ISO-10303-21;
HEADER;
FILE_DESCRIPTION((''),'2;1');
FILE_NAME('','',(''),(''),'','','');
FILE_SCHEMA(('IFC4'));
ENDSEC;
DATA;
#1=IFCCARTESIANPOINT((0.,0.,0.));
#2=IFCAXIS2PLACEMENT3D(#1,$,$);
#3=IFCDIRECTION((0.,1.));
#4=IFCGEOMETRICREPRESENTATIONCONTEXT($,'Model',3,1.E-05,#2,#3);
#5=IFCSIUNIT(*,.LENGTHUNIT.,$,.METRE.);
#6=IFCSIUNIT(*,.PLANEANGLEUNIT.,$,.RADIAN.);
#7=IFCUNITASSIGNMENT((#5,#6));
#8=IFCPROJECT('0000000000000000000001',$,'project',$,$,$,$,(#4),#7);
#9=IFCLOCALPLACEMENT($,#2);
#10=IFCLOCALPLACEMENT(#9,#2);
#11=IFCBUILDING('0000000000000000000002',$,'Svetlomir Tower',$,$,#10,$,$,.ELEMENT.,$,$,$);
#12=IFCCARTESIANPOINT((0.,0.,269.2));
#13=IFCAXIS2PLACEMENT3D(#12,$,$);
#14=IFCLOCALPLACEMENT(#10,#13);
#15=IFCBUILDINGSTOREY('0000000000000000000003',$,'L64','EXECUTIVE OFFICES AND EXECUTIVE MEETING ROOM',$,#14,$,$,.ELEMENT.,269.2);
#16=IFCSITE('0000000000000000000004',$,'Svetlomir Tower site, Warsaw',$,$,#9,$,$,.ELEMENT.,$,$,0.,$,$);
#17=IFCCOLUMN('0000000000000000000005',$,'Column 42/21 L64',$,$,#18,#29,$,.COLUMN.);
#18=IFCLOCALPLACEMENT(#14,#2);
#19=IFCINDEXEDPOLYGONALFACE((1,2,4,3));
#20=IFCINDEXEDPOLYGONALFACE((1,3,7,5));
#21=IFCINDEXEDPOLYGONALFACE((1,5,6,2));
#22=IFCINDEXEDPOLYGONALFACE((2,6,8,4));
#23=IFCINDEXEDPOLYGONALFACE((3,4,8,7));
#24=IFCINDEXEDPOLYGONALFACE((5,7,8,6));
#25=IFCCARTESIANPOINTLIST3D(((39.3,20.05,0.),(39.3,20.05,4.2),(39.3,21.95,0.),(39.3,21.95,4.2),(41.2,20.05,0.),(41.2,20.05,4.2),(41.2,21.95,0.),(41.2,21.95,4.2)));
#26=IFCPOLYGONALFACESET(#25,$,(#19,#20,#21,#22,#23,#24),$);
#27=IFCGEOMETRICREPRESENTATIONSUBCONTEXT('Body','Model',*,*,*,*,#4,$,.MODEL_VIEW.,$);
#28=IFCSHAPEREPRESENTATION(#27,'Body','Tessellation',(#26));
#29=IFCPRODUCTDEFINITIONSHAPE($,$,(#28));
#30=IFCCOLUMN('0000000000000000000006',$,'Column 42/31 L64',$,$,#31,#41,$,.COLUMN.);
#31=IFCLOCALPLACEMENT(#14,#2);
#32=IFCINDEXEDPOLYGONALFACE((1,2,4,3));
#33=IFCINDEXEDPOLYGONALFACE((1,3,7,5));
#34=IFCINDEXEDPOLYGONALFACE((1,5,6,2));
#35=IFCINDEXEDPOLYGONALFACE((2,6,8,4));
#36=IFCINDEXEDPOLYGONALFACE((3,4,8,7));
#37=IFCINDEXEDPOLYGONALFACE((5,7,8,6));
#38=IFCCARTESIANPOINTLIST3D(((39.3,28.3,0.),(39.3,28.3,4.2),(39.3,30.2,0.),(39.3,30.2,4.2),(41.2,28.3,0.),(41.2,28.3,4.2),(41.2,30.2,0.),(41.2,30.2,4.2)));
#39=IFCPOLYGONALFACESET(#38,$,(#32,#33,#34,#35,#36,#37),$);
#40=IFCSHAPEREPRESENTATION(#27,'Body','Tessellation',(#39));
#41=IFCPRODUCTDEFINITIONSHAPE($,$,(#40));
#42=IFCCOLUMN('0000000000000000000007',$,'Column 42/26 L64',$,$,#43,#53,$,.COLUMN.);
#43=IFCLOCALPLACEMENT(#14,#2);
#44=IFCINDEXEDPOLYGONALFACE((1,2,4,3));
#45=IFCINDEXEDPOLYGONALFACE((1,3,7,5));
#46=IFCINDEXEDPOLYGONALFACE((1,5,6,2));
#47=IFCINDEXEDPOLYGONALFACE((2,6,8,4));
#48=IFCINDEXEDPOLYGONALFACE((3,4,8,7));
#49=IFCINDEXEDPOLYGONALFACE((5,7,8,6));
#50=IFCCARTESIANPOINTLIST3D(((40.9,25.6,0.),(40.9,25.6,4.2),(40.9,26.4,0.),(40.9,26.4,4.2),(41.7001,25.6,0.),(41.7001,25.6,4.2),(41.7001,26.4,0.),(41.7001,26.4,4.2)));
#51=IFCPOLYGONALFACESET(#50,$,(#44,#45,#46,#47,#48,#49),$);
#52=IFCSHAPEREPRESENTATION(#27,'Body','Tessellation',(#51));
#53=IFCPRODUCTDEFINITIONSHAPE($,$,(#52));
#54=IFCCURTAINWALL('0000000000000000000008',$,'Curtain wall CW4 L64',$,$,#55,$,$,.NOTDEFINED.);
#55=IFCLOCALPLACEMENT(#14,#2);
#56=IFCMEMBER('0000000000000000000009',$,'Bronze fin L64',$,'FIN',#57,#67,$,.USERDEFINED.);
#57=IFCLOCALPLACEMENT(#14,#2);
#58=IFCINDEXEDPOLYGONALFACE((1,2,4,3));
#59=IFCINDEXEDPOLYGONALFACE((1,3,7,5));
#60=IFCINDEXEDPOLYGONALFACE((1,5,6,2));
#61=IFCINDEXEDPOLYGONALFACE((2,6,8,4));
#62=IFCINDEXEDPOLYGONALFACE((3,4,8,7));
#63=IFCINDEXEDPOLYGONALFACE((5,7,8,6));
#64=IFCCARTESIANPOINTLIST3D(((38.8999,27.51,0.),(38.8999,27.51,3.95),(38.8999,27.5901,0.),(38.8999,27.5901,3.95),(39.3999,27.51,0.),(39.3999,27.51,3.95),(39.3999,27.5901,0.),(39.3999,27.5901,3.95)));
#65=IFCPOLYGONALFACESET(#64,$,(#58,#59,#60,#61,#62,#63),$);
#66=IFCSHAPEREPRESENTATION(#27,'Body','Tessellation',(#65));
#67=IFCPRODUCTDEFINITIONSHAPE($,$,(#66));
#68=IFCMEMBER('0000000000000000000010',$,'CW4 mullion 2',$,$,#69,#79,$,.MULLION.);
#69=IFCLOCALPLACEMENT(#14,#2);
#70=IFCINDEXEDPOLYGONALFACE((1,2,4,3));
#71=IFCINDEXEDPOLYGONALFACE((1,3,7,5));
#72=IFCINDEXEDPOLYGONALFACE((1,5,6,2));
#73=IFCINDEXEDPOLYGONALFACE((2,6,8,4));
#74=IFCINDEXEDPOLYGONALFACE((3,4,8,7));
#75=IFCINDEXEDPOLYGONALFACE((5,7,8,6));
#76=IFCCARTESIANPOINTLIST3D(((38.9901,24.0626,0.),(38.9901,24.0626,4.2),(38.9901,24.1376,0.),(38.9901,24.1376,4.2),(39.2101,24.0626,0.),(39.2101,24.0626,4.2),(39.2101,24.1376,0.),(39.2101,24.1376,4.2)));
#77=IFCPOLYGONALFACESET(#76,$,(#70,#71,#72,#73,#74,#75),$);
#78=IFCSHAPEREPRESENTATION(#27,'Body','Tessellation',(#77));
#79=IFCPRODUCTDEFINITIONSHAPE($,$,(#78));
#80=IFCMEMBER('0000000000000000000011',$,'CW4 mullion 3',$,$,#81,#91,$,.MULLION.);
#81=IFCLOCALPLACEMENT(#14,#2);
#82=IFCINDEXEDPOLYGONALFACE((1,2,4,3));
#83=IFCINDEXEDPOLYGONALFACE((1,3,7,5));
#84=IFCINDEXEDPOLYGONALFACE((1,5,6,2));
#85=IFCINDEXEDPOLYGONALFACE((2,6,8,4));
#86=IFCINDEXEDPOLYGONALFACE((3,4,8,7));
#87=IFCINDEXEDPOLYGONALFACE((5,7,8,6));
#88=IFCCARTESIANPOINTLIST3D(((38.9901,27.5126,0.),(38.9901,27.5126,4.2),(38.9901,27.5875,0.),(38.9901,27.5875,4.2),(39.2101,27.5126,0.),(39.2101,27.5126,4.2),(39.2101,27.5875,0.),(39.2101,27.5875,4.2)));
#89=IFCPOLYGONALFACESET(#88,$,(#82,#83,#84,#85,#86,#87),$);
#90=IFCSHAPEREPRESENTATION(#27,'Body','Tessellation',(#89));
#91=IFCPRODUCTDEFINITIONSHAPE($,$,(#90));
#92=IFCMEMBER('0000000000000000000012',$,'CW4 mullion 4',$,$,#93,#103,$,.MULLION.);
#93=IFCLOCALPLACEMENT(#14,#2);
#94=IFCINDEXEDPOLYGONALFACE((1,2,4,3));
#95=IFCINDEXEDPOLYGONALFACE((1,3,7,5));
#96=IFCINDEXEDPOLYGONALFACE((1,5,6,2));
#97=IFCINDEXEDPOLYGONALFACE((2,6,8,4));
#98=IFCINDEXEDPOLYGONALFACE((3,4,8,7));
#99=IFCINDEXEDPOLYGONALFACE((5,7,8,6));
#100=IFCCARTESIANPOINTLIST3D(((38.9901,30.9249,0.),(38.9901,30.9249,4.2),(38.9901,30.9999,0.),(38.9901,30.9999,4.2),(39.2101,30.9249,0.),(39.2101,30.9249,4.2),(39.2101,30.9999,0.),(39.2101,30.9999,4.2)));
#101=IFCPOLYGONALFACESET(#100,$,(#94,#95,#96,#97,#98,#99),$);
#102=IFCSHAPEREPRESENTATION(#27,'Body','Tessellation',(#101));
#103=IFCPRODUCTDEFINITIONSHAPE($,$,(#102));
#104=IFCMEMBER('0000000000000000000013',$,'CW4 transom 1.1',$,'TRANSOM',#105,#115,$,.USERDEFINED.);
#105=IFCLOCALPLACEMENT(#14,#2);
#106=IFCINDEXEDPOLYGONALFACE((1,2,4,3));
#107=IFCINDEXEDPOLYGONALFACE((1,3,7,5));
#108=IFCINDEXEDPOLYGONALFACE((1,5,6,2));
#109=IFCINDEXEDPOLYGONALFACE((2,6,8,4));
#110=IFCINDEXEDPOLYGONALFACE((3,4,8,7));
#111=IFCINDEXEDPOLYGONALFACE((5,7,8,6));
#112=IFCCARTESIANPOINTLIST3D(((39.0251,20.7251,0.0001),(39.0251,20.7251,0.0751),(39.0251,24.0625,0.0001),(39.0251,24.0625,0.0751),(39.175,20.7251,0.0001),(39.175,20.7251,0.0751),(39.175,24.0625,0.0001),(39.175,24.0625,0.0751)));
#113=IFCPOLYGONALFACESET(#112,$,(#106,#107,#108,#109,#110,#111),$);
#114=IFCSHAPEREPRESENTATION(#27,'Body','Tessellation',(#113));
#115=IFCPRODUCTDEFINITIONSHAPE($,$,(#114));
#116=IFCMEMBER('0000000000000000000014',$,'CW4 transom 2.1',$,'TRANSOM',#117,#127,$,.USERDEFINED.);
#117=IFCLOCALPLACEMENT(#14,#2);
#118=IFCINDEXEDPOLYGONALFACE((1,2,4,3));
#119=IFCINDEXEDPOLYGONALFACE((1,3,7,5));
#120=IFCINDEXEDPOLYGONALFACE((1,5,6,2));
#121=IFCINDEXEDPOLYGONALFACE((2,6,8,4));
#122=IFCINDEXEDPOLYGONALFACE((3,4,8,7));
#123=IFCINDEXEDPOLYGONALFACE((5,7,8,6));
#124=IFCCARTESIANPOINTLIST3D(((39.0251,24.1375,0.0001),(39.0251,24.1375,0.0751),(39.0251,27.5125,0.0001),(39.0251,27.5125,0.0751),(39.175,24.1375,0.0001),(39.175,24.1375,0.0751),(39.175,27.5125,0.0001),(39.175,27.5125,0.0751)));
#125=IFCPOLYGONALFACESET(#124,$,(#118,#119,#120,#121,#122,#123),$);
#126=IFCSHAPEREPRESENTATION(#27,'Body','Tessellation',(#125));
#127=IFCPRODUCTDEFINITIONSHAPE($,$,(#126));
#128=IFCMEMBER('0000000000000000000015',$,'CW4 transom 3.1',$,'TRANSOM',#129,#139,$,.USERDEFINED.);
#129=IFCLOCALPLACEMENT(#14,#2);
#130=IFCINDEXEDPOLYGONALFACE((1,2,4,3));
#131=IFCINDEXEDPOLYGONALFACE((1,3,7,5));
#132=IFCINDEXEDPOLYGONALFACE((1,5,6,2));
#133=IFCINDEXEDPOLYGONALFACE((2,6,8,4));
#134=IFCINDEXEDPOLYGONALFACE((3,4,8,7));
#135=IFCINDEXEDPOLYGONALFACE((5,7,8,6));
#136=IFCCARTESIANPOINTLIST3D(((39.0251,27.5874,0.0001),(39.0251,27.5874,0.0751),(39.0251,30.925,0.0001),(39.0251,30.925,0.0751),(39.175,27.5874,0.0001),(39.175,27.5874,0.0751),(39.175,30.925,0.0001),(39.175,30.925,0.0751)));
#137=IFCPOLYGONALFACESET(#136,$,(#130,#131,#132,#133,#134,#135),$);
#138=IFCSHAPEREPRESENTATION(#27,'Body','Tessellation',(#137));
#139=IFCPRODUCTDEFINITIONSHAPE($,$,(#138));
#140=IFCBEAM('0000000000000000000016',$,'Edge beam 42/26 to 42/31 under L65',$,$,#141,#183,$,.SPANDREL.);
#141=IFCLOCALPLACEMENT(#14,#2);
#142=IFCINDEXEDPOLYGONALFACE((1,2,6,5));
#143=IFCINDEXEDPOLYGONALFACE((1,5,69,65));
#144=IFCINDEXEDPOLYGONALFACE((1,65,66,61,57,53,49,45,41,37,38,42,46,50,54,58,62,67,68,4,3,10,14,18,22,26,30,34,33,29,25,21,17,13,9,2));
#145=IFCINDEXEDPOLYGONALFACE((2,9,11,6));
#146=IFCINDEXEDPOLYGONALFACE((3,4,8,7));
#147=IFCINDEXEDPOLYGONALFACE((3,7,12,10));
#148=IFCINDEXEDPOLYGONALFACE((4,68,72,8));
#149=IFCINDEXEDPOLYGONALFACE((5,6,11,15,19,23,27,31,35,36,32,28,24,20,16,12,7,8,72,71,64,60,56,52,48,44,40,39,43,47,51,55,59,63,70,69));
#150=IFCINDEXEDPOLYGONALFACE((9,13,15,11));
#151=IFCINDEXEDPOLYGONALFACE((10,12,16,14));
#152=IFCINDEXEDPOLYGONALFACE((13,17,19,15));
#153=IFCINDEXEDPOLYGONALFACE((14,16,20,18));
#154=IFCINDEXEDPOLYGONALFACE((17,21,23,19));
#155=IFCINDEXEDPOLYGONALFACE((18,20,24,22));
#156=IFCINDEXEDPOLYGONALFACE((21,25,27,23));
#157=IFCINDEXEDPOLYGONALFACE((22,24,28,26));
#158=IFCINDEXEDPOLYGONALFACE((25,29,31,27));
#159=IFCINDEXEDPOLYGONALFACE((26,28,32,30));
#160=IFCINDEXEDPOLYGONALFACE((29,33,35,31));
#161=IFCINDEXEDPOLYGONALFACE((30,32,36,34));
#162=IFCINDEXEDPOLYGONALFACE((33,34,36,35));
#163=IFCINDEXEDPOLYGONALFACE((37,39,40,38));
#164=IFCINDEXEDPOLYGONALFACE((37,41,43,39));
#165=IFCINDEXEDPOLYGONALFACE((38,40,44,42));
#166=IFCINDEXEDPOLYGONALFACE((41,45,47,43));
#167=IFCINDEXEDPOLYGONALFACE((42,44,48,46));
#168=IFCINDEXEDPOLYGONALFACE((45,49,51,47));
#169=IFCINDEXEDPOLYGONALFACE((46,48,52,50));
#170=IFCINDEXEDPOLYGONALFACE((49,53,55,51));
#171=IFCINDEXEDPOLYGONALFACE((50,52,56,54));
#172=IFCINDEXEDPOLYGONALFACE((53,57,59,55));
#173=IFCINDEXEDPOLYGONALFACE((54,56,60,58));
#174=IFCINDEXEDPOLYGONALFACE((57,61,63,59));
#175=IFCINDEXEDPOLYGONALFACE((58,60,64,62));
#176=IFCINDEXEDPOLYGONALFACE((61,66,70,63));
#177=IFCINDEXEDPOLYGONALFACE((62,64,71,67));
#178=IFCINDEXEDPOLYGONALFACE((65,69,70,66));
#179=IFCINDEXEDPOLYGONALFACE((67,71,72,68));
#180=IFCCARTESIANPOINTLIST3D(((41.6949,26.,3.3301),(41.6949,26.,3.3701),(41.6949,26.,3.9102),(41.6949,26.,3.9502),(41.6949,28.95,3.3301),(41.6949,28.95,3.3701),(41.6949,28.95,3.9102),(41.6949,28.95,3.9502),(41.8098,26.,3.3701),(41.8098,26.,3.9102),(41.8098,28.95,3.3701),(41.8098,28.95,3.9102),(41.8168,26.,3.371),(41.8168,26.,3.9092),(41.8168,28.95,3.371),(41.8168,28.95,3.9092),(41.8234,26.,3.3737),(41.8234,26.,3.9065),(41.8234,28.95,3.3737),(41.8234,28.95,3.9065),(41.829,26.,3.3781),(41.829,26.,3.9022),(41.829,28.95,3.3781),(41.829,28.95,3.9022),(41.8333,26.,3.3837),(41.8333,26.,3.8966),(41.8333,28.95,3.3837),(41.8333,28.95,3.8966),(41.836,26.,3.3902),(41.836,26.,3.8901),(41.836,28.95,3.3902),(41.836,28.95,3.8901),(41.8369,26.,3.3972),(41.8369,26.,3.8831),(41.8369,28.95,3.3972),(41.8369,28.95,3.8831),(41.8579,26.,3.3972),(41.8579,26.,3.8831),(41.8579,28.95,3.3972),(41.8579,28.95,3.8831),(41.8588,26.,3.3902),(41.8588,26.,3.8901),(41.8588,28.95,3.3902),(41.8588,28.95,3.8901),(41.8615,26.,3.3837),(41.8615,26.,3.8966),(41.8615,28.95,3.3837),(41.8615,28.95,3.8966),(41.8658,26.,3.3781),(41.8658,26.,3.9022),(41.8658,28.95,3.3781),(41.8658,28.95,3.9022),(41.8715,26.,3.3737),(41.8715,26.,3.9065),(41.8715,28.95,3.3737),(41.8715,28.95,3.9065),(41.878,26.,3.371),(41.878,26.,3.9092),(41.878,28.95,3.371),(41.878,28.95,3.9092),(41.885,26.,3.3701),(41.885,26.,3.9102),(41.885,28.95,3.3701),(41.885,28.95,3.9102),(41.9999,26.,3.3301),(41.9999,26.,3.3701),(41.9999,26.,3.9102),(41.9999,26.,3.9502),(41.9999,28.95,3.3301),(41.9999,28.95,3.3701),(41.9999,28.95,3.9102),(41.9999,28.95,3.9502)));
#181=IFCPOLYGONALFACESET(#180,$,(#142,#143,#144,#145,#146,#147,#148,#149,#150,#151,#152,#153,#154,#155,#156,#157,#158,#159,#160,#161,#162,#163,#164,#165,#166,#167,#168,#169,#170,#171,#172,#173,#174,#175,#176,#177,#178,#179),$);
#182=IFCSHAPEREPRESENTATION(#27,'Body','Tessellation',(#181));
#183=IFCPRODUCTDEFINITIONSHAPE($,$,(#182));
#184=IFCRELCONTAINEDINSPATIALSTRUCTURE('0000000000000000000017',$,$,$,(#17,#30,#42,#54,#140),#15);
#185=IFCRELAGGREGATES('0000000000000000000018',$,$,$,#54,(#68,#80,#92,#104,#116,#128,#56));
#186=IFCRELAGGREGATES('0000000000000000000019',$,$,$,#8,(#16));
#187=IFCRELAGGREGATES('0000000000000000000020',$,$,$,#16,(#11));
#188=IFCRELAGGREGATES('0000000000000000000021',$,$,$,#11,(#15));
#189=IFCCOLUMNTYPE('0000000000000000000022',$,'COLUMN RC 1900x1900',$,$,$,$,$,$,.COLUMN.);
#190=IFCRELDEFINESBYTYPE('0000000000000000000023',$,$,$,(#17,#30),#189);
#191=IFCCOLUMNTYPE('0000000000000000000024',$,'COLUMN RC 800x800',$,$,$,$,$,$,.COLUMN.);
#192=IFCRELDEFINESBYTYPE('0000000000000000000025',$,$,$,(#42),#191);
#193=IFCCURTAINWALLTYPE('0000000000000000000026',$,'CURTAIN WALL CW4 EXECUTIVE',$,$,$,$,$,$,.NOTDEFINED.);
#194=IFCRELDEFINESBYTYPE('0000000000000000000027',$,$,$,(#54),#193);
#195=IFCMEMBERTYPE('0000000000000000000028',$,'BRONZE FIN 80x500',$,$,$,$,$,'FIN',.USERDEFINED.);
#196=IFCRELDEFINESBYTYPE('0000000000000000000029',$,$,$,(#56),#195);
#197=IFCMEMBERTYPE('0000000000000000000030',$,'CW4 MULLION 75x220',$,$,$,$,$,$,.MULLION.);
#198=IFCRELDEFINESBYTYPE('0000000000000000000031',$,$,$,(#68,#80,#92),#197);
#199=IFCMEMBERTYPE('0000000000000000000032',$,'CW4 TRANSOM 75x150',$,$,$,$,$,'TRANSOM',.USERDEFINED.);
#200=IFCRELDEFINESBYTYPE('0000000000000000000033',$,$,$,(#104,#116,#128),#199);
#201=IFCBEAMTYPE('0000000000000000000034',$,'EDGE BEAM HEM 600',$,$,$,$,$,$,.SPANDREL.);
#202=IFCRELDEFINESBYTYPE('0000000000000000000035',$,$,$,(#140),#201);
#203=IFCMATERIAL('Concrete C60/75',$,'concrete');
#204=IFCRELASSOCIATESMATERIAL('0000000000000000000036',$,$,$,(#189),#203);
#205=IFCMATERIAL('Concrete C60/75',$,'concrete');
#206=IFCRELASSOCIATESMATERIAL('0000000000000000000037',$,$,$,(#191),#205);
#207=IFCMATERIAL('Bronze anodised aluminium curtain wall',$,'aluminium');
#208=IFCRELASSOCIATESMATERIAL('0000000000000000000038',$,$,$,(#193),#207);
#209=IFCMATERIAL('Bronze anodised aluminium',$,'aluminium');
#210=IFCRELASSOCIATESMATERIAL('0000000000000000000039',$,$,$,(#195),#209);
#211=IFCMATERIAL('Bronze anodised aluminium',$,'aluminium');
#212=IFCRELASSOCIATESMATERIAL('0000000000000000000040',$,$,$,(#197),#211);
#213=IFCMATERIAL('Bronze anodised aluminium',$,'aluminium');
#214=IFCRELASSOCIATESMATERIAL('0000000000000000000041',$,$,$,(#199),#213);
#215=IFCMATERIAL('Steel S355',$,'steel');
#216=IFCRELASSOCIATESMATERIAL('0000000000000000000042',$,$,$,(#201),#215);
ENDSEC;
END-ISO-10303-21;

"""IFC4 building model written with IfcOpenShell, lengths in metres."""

from ifc_helpers import new_model, si_unit, direction, frame, origin, origin_2d, place, context, subcontext, project, spatial, rectangle, i_section, extrude, material, material_profile, profile_set, type_object, element, aggregate, save


model = new_model("IFC4")

# Units and contexts
model_context = context("Model", 3, precision=1e-05, world=origin(), true_north=direction((0.0, 1.0)))
body_context = subcontext(model_context, "Body", "Model", "MODEL_VIEW")
ifc_project = project(units=[si_unit("LENGTHUNIT", "METRE"), si_unit("PLANEANGLEUNIT", "RADIAN")], contexts=[model_context])

# Site, building, storey
site_placement = place(None, origin())
site = spatial("IfcSite", under=ifc_project, at=site_placement, Name="Svetlomir Tower site, Warsaw", CompositionType="ELEMENT", RefElevation=0.0)
building_placement = place(site_placement, origin())
building = spatial("IfcBuilding", under=site, at=building_placement, Name="Svetlomir Tower", CompositionType="ELEMENT")
storey_placement = place(building_placement, frame((0.0, 0.0, 269.2)))
storey = spatial("IfcBuildingStorey", under=building, at=storey_placement, Name="L64", Description="EXECUTIVE OFFICES AND EXECUTIVE MEETING ROOM", CompositionType="ELEMENT", Elevation=269.2)

# Columns
ifc_material_1 = material(Name="Concrete C60/75", Category="concrete")
ifc_material_profile_1 = material_profile(ifc_material_1, rectangle(XDim=1.8999, YDim=1.8999, at=origin_2d()), Name="RC 1900x1900")
ifc_profile_set_1 = profile_set([ifc_material_profile_1], Name="Concrete C60/75")
column_type_1 = type_object("IfcColumnType", Name="COLUMN RC 1900x1900", PredefinedType="COLUMN", material=ifc_profile_set_1)
for number, where, z_axis, x_axis, name in (
    (1, (40.25, 21.0, 0.0), (0.0, 0.0, 1.0), (1.0, 0.0, 0.0), "Column 42/21 L64"),
    (2, (40.25, 29.25, 0.0), (0.0, 0.0, 1.0), (1.0, 0.0, 0.0), "Column 42/31 L64"),
):
    element("IfcColumn", number, at=place(storey_placement, frame(where, z_axis=z_axis, x_axis=x_axis)), inside=storey, type_object=column_type_1, Name=name, PredefinedType="COLUMN", context=body_context, shape_type="SweptSolid", body=[
        extrude(rectangle(XDim=1.8999, YDim=1.8999, at=origin_2d()), origin(), (0.0, 0.0, 1.0), 4.2),
    ])
ifc_material_2 = material(Name="Concrete C60/75", Category="concrete")
ifc_material_profile_2 = material_profile(ifc_material_2, rectangle(XDim=0.8, YDim=0.8, at=origin_2d()), Name="RC 800x800")
ifc_profile_set_2 = profile_set([ifc_material_profile_2], Name="Concrete C60/75")
column_type_2 = type_object("IfcColumnType", Name="COLUMN RC 800x800", PredefinedType="COLUMN", material=ifc_profile_set_2)
column_placement = place(storey_placement, frame((41.3, 26.0, 0.0), z_axis=(0.0, 0.0, 1.0), x_axis=(1.0, 0.0, 0.0)))
element("IfcColumn", 3, at=column_placement, inside=storey, type_object=column_type_2, Name="Column 42/26 L64", PredefinedType="COLUMN", context=body_context, shape_type="SweptSolid", body=[
    extrude(rectangle(XDim=0.8, YDim=0.8, at=origin_2d()), origin(), (0.0, 0.0, 1.0), 4.2),
])

# Curtain wall, members
ifc_material_3 = material(Name="Bronze anodised aluminium curtain wall", Category="aluminium")
curtain_wall_type = type_object("IfcCurtainWallType", Name="CURTAIN WALL CW4 EXECUTIVE", PredefinedType="NOTDEFINED", material=ifc_material_3)
curtain_wall_placement = place(storey_placement, origin())
curtain_wall = element("IfcCurtainWall", 4, at=curtain_wall_placement, inside=storey, type_object=curtain_wall_type, Name="Curtain wall CW4 L64", PredefinedType="NOTDEFINED")
ifc_material_4 = material(Name="Bronze anodised aluminium", Category="aluminium")
ifc_material_profile_3 = material_profile(ifc_material_4, rectangle(XDim=0.0801, YDim=0.5, at=origin_2d()), Name="FIN 80x500")
ifc_profile_set_3 = profile_set([ifc_material_profile_3], Name="Bronze anodised aluminium 6063-T6")
member_type_1 = type_object("IfcMemberType", Name="BRONZE FIN 80x500", ElementType="FIN", PredefinedType="USERDEFINED", material=ifc_profile_set_3)
member_1_placement = place(storey_placement, frame((39.1499, 27.55, 0.0), z_axis=(0.0, 0.0, 1.0), x_axis=(0.0, 1.0, 0.0)))
member_1 = element("IfcMember", 5, at=member_1_placement, type_object=member_type_1, Name="Bronze fin L64", ObjectType="FIN", PredefinedType="USERDEFINED", context=body_context, shape_type="SweptSolid", body=[
    extrude(rectangle(XDim=0.0801, YDim=0.5, at=origin_2d()), origin(), (0.0, 0.0, 1.0), 3.95),
])
ifc_material_5 = material(Name="Bronze anodised aluminium", Category="aluminium")
ifc_material_profile_4 = material_profile(ifc_material_5, rectangle(XDim=0.075, YDim=0.22, at=origin_2d()), Name="AL 75x220")
ifc_profile_set_4 = profile_set([ifc_material_profile_4], Name="Bronze anodised aluminium 6063-T6")
member_type_2 = type_object("IfcMemberType", Name="CW4 MULLION 75x220", PredefinedType="MULLION", material=ifc_profile_set_4)
member_2_placement = place(storey_placement, frame((39.1001, 24.1001, 0.0), z_axis=(0.0, 0.0, 1.0), x_axis=(0.0, 1.0, 0.0)))
member_2 = element("IfcMember", 6, at=member_2_placement, type_object=member_type_2, Name="CW4 mullion 2", PredefinedType="MULLION", context=body_context, shape_type="SweptSolid", body=[
    extrude(rectangle(XDim=0.075, YDim=0.22, at=origin_2d()), origin(), (0.0, 0.0, 1.0), 4.2),
])
member_3_placement = place(storey_placement, frame((39.1001, 27.55, 0.0), z_axis=(0.0, 0.0, 1.0), x_axis=(0.0, 1.0, 0.0)))
member_3 = element("IfcMember", 7, at=member_3_placement, type_object=member_type_2, Name="CW4 mullion 3", PredefinedType="MULLION", context=body_context, shape_type="SweptSolid", body=[
    extrude(rectangle(XDim=0.075, YDim=0.22, at=origin_2d()), origin(), (0.0, 0.0, 1.0), 4.2),
])
member_4_placement = place(storey_placement, frame((39.1001, 30.9624, 0.0), z_axis=(0.0, 0.0, 1.0), x_axis=(0.0, 1.0, 0.0)))
member_4 = element("IfcMember", 8, at=member_4_placement, type_object=member_type_2, Name="CW4 mullion 4", PredefinedType="MULLION", context=body_context, shape_type="SweptSolid", body=[
    extrude(rectangle(XDim=0.075, YDim=0.22, at=origin_2d()), origin(), (0.0, 0.0, 1.0), 4.2),
])
ifc_material_6 = material(Name="Bronze anodised aluminium", Category="aluminium")
ifc_material_profile_5 = material_profile(ifc_material_6, rectangle(XDim=0.1499, YDim=0.075, at=origin_2d()), Name="AL 150x75")
ifc_profile_set_5 = profile_set([ifc_material_profile_5], Name="Bronze anodised aluminium 6063-T6")
member_type_3 = type_object("IfcMemberType", Name="CW4 TRANSOM 75x150", ElementType="TRANSOM", PredefinedType="USERDEFINED", material=ifc_profile_set_5)
member_5_placement = place(storey_placement, frame((39.1001, 20.7251, 0.0376), z_axis=(0.0, 1.0, 0.0), x_axis=(-1.0, 0.0, 0.0)))
member_5 = element("IfcMember", 9, at=member_5_placement, type_object=member_type_3, Name="CW4 transom 1.1", ObjectType="TRANSOM", PredefinedType="USERDEFINED", context=body_context, shape_type="SweptSolid", body=[
    extrude(rectangle(XDim=0.1499, YDim=0.075, at=origin_2d()), origin(), (0.0, 0.0, 1.0), 3.3374),
])
member_6_placement = place(storey_placement, frame((39.1001, 24.1375, 0.0376), z_axis=(0.0, 1.0, 0.0), x_axis=(-1.0, 0.0, 0.0)))
member_6 = element("IfcMember", 10, at=member_6_placement, type_object=member_type_3, Name="CW4 transom 2.1", ObjectType="TRANSOM", PredefinedType="USERDEFINED", context=body_context, shape_type="SweptSolid", body=[
    extrude(rectangle(XDim=0.1499, YDim=0.075, at=origin_2d()), origin(), (0.0, 0.0, 1.0), 3.375),
])
member_7_placement = place(storey_placement, frame((39.1001, 27.5874, 0.0376), z_axis=(0.0, 1.0, 0.0), x_axis=(-1.0, 0.0, 0.0)))
member_7 = element("IfcMember", 11, at=member_7_placement, type_object=member_type_3, Name="CW4 transom 3.1", ObjectType="TRANSOM", PredefinedType="USERDEFINED", context=body_context, shape_type="SweptSolid", body=[
    extrude(rectangle(XDim=0.1499, YDim=0.075, at=origin_2d()), origin(), (0.0, 0.0, 1.0), 3.3376),
])

# Beam
ifc_material_7 = material(Name="Steel S355", Category="steel")
ifc_material_profile_6 = material_profile(ifc_material_7, i_section(OverallWidth=0.3049, OverallDepth=0.6201, WebThickness=0.021, FlangeThickness=0.04, FilletRadius=0.0271, at=origin_2d()), Name="HEM 600")
ifc_profile_set_6 = profile_set([ifc_material_profile_6], Name="Steel S355")
beam_type_1 = type_object("IfcBeamType", Name="EDGE BEAM HEM 600", PredefinedType="SPANDREL", material=ifc_profile_set_6)
beam_1_placement = place(storey_placement, frame((41.8474, 26.0, 3.6401), z_axis=(0.0, 1.0, 0.0), x_axis=(-1.0, 0.0, 0.0)))
element("IfcBeam", 12, at=beam_1_placement, inside=storey, type_object=beam_type_1, Name="Edge beam 42/26 to 42/31 under L65", PredefinedType="SPANDREL", context=body_context, shape_type="SweptSolid", body=[
    extrude(i_section(OverallWidth=0.3049, OverallDepth=0.6201, WebThickness=0.021, FlangeThickness=0.04, FilletRadius=0.0271, at=origin_2d()), origin(), (0.0, 0.0, 1.0), 2.95),
])

aggregate(curtain_wall, [member_2, member_3, member_4, member_5, member_6, member_7, member_1])

save(model, "model.ifc")
